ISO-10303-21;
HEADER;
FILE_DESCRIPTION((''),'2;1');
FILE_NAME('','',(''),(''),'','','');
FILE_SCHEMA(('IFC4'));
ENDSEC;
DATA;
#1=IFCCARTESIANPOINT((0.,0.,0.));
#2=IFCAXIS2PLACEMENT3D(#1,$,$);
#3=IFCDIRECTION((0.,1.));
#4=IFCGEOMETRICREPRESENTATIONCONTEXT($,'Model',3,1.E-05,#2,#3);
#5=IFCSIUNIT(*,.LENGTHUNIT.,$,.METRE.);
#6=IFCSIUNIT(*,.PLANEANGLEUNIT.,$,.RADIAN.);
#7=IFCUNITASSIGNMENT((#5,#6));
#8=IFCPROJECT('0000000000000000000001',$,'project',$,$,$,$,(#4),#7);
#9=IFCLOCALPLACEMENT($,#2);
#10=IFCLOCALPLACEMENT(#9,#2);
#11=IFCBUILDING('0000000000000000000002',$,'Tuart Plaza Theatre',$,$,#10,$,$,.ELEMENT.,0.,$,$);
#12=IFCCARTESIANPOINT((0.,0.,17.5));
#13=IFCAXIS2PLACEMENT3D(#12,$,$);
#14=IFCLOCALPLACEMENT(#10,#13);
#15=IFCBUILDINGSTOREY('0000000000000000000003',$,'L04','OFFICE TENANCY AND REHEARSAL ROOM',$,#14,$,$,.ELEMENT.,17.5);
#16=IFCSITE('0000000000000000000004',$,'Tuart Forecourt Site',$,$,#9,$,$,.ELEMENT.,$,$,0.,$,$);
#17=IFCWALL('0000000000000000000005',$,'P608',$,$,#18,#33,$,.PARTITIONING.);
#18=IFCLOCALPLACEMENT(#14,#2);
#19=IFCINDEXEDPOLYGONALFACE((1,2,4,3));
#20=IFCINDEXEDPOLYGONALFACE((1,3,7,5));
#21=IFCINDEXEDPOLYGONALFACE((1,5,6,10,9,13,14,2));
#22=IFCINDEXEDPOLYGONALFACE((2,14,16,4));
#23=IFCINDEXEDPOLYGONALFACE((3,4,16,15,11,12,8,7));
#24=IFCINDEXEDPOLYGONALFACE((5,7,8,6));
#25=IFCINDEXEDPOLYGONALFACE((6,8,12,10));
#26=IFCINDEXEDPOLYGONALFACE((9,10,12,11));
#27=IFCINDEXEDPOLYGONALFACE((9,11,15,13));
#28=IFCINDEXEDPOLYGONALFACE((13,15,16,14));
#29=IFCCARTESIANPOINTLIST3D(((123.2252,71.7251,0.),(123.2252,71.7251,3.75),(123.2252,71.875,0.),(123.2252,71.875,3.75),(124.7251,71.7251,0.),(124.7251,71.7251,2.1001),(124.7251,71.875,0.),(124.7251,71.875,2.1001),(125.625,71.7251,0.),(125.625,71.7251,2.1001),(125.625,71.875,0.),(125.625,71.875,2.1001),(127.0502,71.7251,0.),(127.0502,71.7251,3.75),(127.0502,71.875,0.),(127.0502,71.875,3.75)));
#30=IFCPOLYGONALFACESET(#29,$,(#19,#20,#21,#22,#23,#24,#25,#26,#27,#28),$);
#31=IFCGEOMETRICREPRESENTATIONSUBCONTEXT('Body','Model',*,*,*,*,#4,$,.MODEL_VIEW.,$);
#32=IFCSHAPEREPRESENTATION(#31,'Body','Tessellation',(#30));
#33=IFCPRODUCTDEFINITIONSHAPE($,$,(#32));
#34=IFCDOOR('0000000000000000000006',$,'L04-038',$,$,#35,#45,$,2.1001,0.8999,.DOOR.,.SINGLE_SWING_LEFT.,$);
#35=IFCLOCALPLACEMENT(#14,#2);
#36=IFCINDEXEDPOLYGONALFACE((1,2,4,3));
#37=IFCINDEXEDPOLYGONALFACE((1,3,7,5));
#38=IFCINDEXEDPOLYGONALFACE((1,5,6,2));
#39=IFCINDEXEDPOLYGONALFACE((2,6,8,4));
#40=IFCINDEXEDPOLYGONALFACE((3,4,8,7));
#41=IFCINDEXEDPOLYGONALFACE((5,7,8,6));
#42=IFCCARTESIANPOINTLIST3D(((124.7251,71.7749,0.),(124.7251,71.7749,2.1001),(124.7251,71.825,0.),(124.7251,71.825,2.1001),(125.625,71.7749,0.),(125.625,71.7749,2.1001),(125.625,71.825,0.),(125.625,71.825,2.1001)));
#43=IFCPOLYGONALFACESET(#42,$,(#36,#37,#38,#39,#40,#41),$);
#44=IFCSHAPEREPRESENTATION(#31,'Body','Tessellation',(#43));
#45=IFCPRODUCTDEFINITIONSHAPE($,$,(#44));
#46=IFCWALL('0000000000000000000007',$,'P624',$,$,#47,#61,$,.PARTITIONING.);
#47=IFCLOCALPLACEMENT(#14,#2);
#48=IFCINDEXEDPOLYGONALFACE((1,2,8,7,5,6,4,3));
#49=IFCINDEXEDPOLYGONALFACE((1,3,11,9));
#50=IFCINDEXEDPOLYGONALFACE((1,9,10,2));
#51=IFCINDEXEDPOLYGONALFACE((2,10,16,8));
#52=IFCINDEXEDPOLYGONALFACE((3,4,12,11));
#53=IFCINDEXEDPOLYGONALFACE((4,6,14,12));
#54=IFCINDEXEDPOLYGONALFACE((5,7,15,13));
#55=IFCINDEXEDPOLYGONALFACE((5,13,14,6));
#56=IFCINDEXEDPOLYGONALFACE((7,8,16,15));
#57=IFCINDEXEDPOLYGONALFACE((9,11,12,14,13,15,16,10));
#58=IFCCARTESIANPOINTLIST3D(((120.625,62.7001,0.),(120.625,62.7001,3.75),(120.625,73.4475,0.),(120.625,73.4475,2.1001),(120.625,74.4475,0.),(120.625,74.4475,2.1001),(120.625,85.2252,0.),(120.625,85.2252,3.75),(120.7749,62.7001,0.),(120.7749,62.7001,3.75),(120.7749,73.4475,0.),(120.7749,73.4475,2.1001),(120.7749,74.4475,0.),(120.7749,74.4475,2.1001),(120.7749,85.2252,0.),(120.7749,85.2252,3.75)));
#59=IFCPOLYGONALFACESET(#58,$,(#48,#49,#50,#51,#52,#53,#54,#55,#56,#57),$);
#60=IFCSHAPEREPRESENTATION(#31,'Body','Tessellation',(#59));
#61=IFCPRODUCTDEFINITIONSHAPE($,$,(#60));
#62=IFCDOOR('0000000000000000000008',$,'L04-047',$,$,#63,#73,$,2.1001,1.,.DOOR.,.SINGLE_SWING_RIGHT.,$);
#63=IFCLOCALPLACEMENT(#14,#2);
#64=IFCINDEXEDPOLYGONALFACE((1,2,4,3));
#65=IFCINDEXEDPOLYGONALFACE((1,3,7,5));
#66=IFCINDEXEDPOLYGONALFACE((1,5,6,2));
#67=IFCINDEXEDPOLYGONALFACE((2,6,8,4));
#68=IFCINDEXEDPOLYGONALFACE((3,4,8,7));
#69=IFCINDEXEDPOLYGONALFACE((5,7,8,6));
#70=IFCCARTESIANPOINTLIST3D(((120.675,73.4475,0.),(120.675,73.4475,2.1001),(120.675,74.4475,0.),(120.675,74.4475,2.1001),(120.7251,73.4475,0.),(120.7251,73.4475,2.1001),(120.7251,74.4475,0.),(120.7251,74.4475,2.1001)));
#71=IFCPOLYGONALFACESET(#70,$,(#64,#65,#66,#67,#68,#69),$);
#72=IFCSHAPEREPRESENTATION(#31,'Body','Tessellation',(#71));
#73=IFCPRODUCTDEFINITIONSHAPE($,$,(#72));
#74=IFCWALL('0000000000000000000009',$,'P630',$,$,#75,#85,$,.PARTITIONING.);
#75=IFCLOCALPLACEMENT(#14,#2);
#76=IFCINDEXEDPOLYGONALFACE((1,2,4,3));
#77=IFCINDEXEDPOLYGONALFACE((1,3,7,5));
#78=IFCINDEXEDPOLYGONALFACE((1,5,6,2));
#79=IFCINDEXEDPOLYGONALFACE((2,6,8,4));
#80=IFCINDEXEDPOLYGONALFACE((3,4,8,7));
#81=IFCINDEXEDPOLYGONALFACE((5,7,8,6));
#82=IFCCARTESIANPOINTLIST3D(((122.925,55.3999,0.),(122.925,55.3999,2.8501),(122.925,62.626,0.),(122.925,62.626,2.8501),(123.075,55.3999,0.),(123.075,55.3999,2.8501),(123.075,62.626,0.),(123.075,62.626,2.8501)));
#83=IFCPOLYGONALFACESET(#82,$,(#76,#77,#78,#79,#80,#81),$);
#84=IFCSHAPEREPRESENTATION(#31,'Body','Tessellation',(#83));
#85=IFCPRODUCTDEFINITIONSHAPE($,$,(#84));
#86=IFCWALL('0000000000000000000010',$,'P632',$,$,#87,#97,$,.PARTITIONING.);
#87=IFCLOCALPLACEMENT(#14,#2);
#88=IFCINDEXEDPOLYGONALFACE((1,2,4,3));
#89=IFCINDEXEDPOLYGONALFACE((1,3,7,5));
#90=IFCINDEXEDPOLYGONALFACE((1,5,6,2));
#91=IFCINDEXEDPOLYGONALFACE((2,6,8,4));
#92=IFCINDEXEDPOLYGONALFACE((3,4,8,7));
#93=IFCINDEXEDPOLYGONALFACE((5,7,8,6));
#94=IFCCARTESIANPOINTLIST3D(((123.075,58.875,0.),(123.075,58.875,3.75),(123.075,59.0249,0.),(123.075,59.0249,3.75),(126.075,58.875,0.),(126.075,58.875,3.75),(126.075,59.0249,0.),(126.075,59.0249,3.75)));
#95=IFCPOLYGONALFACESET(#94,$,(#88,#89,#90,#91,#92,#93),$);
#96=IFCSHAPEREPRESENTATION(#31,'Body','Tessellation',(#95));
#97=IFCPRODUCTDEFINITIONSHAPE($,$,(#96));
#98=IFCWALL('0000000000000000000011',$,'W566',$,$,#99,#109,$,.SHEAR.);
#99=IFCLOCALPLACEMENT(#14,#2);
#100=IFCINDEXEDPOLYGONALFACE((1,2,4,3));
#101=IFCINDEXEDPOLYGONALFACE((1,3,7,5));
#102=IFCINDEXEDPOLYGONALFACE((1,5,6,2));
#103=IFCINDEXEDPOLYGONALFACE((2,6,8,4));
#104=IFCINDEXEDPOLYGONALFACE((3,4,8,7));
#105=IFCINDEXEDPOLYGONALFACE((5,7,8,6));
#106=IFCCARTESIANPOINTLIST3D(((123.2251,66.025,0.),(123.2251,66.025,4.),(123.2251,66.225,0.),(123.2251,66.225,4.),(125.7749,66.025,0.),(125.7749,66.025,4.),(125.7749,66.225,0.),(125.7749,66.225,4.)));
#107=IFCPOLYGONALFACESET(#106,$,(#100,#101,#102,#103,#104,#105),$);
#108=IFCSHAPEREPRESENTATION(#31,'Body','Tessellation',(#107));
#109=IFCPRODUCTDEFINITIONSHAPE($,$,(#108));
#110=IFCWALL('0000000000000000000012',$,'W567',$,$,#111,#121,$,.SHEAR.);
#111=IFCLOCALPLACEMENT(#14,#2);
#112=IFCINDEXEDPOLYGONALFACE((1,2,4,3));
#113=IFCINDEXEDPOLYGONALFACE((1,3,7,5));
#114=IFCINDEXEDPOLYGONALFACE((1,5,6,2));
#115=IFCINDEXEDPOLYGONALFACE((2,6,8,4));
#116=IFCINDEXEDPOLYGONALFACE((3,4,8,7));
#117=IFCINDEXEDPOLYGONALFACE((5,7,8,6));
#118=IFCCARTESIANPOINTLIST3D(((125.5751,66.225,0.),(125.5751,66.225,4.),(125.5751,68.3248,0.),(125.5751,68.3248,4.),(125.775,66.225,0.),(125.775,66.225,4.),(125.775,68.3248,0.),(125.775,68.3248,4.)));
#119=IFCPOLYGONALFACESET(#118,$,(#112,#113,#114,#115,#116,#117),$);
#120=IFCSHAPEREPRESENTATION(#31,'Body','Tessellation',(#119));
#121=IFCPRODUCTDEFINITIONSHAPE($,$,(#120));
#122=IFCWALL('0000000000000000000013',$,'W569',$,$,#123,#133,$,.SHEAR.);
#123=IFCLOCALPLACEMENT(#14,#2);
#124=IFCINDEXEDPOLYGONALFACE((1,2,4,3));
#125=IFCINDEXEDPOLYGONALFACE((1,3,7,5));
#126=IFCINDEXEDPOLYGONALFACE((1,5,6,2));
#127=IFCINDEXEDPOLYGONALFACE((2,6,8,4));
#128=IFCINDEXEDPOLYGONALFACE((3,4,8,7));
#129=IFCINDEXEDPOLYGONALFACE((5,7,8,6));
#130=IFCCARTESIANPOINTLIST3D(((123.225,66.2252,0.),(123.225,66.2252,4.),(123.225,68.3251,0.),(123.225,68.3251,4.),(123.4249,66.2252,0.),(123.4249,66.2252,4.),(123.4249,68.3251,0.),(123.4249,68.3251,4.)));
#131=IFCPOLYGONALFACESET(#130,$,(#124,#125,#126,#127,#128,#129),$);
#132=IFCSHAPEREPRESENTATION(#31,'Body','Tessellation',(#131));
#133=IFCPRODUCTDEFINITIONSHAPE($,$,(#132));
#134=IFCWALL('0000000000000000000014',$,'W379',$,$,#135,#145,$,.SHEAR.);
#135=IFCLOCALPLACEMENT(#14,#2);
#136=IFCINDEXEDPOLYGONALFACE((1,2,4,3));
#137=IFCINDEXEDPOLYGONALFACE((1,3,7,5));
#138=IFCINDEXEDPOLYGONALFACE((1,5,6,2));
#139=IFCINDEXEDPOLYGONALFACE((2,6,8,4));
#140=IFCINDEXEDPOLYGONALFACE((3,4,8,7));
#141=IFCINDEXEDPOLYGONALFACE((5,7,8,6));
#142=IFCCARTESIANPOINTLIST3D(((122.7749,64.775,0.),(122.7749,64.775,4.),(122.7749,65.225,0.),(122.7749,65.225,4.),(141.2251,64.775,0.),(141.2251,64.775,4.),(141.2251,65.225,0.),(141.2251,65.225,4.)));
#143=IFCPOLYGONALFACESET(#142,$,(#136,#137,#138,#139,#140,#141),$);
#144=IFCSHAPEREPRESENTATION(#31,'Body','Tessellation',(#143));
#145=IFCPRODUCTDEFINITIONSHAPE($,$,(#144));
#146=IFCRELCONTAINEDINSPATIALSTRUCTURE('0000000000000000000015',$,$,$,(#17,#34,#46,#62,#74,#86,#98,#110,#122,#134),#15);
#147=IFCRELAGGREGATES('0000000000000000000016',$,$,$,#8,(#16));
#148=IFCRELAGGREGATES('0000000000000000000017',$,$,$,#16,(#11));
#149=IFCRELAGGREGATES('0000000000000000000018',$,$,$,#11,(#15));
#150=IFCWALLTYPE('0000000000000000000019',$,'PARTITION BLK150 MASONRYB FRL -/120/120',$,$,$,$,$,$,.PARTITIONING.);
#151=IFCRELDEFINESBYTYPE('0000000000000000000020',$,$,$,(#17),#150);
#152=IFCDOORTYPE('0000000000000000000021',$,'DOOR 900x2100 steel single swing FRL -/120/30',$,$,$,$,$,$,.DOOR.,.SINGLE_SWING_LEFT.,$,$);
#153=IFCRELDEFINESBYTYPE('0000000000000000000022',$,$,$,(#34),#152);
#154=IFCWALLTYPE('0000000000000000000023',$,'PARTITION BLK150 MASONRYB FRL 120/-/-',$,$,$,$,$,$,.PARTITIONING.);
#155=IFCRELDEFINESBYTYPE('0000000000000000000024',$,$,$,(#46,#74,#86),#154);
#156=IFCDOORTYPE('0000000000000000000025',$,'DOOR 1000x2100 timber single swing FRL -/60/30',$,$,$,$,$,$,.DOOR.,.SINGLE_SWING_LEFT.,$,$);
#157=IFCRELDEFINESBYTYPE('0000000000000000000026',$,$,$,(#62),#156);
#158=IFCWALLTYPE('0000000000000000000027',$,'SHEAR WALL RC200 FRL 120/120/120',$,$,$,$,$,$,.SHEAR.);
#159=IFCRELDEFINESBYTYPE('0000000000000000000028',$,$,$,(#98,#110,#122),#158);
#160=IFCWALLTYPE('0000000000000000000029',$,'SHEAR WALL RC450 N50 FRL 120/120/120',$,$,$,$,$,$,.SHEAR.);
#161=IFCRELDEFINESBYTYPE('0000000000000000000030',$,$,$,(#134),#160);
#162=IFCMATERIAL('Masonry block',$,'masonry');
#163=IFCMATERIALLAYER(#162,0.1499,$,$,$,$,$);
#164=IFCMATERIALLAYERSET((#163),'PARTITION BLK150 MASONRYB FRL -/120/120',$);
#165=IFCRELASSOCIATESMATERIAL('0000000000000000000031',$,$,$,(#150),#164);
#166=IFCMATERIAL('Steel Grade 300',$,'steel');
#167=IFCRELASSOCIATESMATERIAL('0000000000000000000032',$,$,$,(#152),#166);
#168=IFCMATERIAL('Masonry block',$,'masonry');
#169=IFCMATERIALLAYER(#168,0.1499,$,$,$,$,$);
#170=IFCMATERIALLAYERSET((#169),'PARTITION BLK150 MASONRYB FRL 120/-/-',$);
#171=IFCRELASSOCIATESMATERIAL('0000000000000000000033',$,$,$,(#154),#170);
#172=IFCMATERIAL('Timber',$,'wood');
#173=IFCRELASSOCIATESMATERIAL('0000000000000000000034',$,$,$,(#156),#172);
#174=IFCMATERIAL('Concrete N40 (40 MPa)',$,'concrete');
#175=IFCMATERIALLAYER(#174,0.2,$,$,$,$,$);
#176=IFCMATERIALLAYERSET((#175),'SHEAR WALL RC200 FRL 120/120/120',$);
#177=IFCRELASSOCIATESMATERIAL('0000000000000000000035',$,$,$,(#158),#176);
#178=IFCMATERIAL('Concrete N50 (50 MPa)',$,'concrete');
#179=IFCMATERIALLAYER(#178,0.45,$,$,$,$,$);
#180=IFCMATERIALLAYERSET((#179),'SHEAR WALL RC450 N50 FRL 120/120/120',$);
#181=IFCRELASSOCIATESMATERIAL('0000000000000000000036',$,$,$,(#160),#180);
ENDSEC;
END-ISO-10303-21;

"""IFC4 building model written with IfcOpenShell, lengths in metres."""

from ifc_helpers import new_model, si_unit, direction, frame, frame_2d, origin, place, context, subcontext, project, spatial, rectangle, extrude, material, layer, layer_set, type_object, element, fill, save


model = new_model("IFC4")

# Units and contexts
model_context = context("Model", 3, precision=1e-05, world=origin(), true_north=direction((0.0, 1.0)))
body_context = subcontext(model_context, "Body", "Model", "MODEL_VIEW")
ifc_project = project(units=[si_unit("LENGTHUNIT", "METRE"), si_unit("PLANEANGLEUNIT", "RADIAN")], contexts=[model_context])

# Site, building, storey
site_placement = place(None, origin())
site = spatial("IfcSite", under=ifc_project, at=site_placement, Name="Tuart Forecourt Site", CompositionType="ELEMENT", RefElevation=0.0)
building_placement = place(site_placement, origin())
building = spatial("IfcBuilding", under=site, at=building_placement, Name="Tuart Plaza Theatre", CompositionType="ELEMENT", ElevationOfRefHeight=0.0)
storey_placement = place(building_placement, frame((0.0, 0.0, 17.5)))
storey = spatial("IfcBuildingStorey", under=building, at=storey_placement, Name="L04", Description="OFFICE TENANCY AND REHEARSAL ROOM", CompositionType="ELEMENT", Elevation=17.5)

# Walls, openings, doors
ifc_material_1 = material(Name="Masonry block", Category="masonry")
ifc_layer_1 = layer(ifc_material_1, 0.1499)
ifc_layer_set_1 = layer_set([ifc_layer_1], Name="PARTITION BLK150 MASONRYB FRL -/120/120")
wall_type_1 = type_object("IfcWallType", Name="PARTITION BLK150 MASONRYB FRL -/120/120", PredefinedType="PARTITIONING", material=ifc_layer_set_1)
wall_1_placement = place(storey_placement, frame((123.2251, 71.8, 0.0), z_axis=(0.0, 0.0, 1.0), x_axis=(1.0, 0.0, 0.0)))
wall_1 = element("IfcWall", 1, at=wall_1_placement, inside=storey, type_object=wall_type_1, Name="P608", PredefinedType="PARTITIONING", context=body_context, shape_type="SweptSolid", body=[
    extrude(rectangle(XDim=3.825, YDim=0.1499, at=frame_2d((1.9126, 0.0))), origin(), (0.0, 0.0, 1.0), 3.75),
])
opening_1_placement = place(wall_1_placement, frame((1.5, 0.0, 0.0)))
opening_1 = element("IfcOpeningElement", 2, at=opening_1_placement, cuts=wall_1, PredefinedType="OPENING", context=body_context, shape_type="SweptSolid", body=[
    extrude(rectangle(XDim=0.8999, YDim=2.1001, at=frame_2d((0.45, 1.05))), frame((0.0, 0.085, 0.0), z_axis=(0.0, -1.0, 0.0), x_axis=(1.0, 0.0, 0.0)), (0.0, 0.0, 1.0), 0.1699),
])
ifc_material_2 = material(Name="Steel Grade 300", Category="steel")
door_type_1 = type_object("IfcDoorType", Name="DOOR 900x2100 steel single swing FRL -/120/30", OperationType="SINGLE_SWING_LEFT", PredefinedType="DOOR", material=ifc_material_2)
door_1_placement = place(opening_1_placement, origin())
door_1 = element("IfcDoor", 3, at=door_1_placement, inside=storey, type_object=door_type_1, Name="L04-038", OperationType="SINGLE_SWING_LEFT", OverallHeight=2.1001, OverallWidth=0.8999, PredefinedType="DOOR", context=body_context, shape_type="SweptSolid", body=[
    extrude(rectangle(XDim=0.8999, YDim=2.1001, at=frame_2d((0.45, 1.05))), frame((0.0, 0.0249, 0.0), z_axis=(0.0, -1.0, 0.0), x_axis=(1.0, 0.0, 0.0)), (0.0, 0.0, 1.0), 0.05),
])
fill(opening_1, door_1)
ifc_material_3 = material(Name="Masonry block", Category="masonry")
ifc_layer_2 = layer(ifc_material_3, 0.1499)
ifc_layer_set_2 = layer_set([ifc_layer_2], Name="PARTITION BLK150 MASONRYB FRL 120/-/-")
wall_type_2 = type_object("IfcWallType", Name="PARTITION BLK150 MASONRYB FRL 120/-/-", PredefinedType="PARTITIONING", material=ifc_layer_set_2)
wall_2_placement = place(storey_placement, frame((120.7, 62.7, 0.0), z_axis=(0.0, 0.0, 1.0), x_axis=(0.0, 1.0, 0.0)))
wall_2 = element("IfcWall", 4, at=wall_2_placement, inside=storey, type_object=wall_type_2, Name="P624", PredefinedType="PARTITIONING", context=body_context, shape_type="SweptSolid", body=[
    extrude(rectangle(XDim=22.5251, YDim=0.1499, at=frame_2d((11.2627, 0.0))), origin(), (0.0, 0.0, 1.0), 3.75),
])
opening_2_placement = place(wall_2_placement, frame((10.7476, 0.0, 0.0)))
opening_2 = element("IfcOpeningElement", 5, at=opening_2_placement, cuts=wall_2, PredefinedType="OPENING", context=body_context, shape_type="SweptSolid", body=[
    extrude(rectangle(XDim=1.0, YDim=2.1001, at=frame_2d((0.5, 1.05))), frame((0.0, 0.085, 0.0), z_axis=(0.0, -1.0, 0.0), x_axis=(1.0, 0.0, 0.0)), (0.0, 0.0, 1.0), 0.1699),
])
ifc_material_4 = material(Name="Timber", Category="wood")
door_type_2 = type_object("IfcDoorType", Name="DOOR 1000x2100 timber single swing FRL -/60/30", OperationType="SINGLE_SWING_LEFT", PredefinedType="DOOR", material=ifc_material_4)
door_2_placement = place(opening_2_placement, origin())
door_2 = element("IfcDoor", 6, at=door_2_placement, inside=storey, type_object=door_type_2, Name="L04-047", OperationType="SINGLE_SWING_RIGHT", OverallHeight=2.1001, OverallWidth=1.0, PredefinedType="DOOR", context=body_context, shape_type="SweptSolid", body=[
    extrude(rectangle(XDim=1.0, YDim=2.1001, at=frame_2d((0.5, 1.05))), frame((0.0, 0.0249, 0.0), z_axis=(0.0, -1.0, 0.0), x_axis=(1.0, 0.0, 0.0)), (0.0, 0.0, 1.0), 0.05),
])
fill(opening_2, door_2)

# Walls
wall_3_placement = place(storey_placement, frame((123.0, 55.3999, 0.0), z_axis=(0.0, 0.0, 1.0), x_axis=(0.0, 1.0, 0.0)))
element("IfcWall", 7, at=wall_3_placement, inside=storey, type_object=wall_type_2, Name="P630", PredefinedType="PARTITIONING", context=body_context, shape_type="SweptSolid", body=[
    extrude(rectangle(XDim=7.2261, YDim=0.1499, at=frame_2d((3.613, 0.0))), origin(), (0.0, 0.0, 1.0), 2.8501),
])
wall_4_placement = place(storey_placement, frame((123.075, 58.95, 0.0), z_axis=(0.0, 0.0, 1.0), x_axis=(1.0, 0.0, 0.0)))
element("IfcWall", 8, at=wall_4_placement, inside=storey, type_object=wall_type_2, Name="P632", PredefinedType="PARTITIONING", context=body_context, shape_type="SweptSolid", body=[
    extrude(rectangle(XDim=3.0, YDim=0.1499, at=frame_2d((1.5, 0.0))), origin(), (0.0, 0.0, 1.0), 3.75),
])
ifc_material_5 = material(Name="Concrete N40 (40 MPa)", Category="concrete")
ifc_layer_3 = layer(ifc_material_5, 0.2)
ifc_layer_set_3 = layer_set([ifc_layer_3], Name="SHEAR WALL RC200 FRL 120/120/120")
wall_type_3 = type_object("IfcWallType", Name="SHEAR WALL RC200 FRL 120/120/120", PredefinedType="SHEAR", material=ifc_layer_set_3)
wall_5_placement = place(storey_placement, frame((123.2251, 66.125, 0.0), z_axis=(0.0, 0.0, 1.0), x_axis=(1.0, 0.0, 0.0)))
element("IfcWall", 9, at=wall_5_placement, inside=storey, type_object=wall_type_3, Name="W566", PredefinedType="SHEAR", context=body_context, shape_type="SweptSolid", body=[
    extrude(rectangle(XDim=2.5498, YDim=0.2, at=frame_2d((1.2749, 0.0))), origin(), (0.0, 0.0, 1.0), 4.0),
])
for number, where, z_axis, x_axis, name in (
    (10, (125.675, 66.2251, 0.0), (0.0, 0.0, 1.0), (0.0, 1.0, 0.0), "W567"),
    (11, (123.325, 68.325, 0.0), (0.0, 0.0, 1.0), (0.0, -1.0, 0.0), "W569"),
):
    element("IfcWall", number, at=place(storey_placement, frame(where, z_axis=z_axis, x_axis=x_axis)), inside=storey, type_object=wall_type_3, Name=name, PredefinedType="SHEAR", context=body_context, shape_type="SweptSolid", body=[
        extrude(rectangle(XDim=2.0999, YDim=0.2, at=frame_2d((1.0498, 0.0))), origin(), (0.0, 0.0, 1.0), 4.0),
    ])
ifc_material_6 = material(Name="Concrete N50 (50 MPa)", Category="concrete")
ifc_layer_4 = layer(ifc_material_6, 0.45)
ifc_layer_set_4 = layer_set([ifc_layer_4], Name="SHEAR WALL RC450 N50 FRL 120/120/120")
wall_type_4 = type_object("IfcWallType", Name="SHEAR WALL RC450 N50 FRL 120/120/120", PredefinedType="SHEAR", material=ifc_layer_set_4)
wall_6_placement = place(storey_placement, frame((122.7749, 65.0, 0.0), z_axis=(0.0, 0.0, 1.0), x_axis=(1.0, 0.0, 0.0)))
element("IfcWall", 12, at=wall_6_placement, inside=storey, type_object=wall_type_4, Name="W379", PredefinedType="SHEAR", context=body_context, shape_type="SweptSolid", body=[
    extrude(rectangle(XDim=18.4502, YDim=0.45, at=frame_2d((9.2251, 0.0))), origin(), (0.0, 0.0, 1.0), 4.0),
])

save(model, "model.ifc")
